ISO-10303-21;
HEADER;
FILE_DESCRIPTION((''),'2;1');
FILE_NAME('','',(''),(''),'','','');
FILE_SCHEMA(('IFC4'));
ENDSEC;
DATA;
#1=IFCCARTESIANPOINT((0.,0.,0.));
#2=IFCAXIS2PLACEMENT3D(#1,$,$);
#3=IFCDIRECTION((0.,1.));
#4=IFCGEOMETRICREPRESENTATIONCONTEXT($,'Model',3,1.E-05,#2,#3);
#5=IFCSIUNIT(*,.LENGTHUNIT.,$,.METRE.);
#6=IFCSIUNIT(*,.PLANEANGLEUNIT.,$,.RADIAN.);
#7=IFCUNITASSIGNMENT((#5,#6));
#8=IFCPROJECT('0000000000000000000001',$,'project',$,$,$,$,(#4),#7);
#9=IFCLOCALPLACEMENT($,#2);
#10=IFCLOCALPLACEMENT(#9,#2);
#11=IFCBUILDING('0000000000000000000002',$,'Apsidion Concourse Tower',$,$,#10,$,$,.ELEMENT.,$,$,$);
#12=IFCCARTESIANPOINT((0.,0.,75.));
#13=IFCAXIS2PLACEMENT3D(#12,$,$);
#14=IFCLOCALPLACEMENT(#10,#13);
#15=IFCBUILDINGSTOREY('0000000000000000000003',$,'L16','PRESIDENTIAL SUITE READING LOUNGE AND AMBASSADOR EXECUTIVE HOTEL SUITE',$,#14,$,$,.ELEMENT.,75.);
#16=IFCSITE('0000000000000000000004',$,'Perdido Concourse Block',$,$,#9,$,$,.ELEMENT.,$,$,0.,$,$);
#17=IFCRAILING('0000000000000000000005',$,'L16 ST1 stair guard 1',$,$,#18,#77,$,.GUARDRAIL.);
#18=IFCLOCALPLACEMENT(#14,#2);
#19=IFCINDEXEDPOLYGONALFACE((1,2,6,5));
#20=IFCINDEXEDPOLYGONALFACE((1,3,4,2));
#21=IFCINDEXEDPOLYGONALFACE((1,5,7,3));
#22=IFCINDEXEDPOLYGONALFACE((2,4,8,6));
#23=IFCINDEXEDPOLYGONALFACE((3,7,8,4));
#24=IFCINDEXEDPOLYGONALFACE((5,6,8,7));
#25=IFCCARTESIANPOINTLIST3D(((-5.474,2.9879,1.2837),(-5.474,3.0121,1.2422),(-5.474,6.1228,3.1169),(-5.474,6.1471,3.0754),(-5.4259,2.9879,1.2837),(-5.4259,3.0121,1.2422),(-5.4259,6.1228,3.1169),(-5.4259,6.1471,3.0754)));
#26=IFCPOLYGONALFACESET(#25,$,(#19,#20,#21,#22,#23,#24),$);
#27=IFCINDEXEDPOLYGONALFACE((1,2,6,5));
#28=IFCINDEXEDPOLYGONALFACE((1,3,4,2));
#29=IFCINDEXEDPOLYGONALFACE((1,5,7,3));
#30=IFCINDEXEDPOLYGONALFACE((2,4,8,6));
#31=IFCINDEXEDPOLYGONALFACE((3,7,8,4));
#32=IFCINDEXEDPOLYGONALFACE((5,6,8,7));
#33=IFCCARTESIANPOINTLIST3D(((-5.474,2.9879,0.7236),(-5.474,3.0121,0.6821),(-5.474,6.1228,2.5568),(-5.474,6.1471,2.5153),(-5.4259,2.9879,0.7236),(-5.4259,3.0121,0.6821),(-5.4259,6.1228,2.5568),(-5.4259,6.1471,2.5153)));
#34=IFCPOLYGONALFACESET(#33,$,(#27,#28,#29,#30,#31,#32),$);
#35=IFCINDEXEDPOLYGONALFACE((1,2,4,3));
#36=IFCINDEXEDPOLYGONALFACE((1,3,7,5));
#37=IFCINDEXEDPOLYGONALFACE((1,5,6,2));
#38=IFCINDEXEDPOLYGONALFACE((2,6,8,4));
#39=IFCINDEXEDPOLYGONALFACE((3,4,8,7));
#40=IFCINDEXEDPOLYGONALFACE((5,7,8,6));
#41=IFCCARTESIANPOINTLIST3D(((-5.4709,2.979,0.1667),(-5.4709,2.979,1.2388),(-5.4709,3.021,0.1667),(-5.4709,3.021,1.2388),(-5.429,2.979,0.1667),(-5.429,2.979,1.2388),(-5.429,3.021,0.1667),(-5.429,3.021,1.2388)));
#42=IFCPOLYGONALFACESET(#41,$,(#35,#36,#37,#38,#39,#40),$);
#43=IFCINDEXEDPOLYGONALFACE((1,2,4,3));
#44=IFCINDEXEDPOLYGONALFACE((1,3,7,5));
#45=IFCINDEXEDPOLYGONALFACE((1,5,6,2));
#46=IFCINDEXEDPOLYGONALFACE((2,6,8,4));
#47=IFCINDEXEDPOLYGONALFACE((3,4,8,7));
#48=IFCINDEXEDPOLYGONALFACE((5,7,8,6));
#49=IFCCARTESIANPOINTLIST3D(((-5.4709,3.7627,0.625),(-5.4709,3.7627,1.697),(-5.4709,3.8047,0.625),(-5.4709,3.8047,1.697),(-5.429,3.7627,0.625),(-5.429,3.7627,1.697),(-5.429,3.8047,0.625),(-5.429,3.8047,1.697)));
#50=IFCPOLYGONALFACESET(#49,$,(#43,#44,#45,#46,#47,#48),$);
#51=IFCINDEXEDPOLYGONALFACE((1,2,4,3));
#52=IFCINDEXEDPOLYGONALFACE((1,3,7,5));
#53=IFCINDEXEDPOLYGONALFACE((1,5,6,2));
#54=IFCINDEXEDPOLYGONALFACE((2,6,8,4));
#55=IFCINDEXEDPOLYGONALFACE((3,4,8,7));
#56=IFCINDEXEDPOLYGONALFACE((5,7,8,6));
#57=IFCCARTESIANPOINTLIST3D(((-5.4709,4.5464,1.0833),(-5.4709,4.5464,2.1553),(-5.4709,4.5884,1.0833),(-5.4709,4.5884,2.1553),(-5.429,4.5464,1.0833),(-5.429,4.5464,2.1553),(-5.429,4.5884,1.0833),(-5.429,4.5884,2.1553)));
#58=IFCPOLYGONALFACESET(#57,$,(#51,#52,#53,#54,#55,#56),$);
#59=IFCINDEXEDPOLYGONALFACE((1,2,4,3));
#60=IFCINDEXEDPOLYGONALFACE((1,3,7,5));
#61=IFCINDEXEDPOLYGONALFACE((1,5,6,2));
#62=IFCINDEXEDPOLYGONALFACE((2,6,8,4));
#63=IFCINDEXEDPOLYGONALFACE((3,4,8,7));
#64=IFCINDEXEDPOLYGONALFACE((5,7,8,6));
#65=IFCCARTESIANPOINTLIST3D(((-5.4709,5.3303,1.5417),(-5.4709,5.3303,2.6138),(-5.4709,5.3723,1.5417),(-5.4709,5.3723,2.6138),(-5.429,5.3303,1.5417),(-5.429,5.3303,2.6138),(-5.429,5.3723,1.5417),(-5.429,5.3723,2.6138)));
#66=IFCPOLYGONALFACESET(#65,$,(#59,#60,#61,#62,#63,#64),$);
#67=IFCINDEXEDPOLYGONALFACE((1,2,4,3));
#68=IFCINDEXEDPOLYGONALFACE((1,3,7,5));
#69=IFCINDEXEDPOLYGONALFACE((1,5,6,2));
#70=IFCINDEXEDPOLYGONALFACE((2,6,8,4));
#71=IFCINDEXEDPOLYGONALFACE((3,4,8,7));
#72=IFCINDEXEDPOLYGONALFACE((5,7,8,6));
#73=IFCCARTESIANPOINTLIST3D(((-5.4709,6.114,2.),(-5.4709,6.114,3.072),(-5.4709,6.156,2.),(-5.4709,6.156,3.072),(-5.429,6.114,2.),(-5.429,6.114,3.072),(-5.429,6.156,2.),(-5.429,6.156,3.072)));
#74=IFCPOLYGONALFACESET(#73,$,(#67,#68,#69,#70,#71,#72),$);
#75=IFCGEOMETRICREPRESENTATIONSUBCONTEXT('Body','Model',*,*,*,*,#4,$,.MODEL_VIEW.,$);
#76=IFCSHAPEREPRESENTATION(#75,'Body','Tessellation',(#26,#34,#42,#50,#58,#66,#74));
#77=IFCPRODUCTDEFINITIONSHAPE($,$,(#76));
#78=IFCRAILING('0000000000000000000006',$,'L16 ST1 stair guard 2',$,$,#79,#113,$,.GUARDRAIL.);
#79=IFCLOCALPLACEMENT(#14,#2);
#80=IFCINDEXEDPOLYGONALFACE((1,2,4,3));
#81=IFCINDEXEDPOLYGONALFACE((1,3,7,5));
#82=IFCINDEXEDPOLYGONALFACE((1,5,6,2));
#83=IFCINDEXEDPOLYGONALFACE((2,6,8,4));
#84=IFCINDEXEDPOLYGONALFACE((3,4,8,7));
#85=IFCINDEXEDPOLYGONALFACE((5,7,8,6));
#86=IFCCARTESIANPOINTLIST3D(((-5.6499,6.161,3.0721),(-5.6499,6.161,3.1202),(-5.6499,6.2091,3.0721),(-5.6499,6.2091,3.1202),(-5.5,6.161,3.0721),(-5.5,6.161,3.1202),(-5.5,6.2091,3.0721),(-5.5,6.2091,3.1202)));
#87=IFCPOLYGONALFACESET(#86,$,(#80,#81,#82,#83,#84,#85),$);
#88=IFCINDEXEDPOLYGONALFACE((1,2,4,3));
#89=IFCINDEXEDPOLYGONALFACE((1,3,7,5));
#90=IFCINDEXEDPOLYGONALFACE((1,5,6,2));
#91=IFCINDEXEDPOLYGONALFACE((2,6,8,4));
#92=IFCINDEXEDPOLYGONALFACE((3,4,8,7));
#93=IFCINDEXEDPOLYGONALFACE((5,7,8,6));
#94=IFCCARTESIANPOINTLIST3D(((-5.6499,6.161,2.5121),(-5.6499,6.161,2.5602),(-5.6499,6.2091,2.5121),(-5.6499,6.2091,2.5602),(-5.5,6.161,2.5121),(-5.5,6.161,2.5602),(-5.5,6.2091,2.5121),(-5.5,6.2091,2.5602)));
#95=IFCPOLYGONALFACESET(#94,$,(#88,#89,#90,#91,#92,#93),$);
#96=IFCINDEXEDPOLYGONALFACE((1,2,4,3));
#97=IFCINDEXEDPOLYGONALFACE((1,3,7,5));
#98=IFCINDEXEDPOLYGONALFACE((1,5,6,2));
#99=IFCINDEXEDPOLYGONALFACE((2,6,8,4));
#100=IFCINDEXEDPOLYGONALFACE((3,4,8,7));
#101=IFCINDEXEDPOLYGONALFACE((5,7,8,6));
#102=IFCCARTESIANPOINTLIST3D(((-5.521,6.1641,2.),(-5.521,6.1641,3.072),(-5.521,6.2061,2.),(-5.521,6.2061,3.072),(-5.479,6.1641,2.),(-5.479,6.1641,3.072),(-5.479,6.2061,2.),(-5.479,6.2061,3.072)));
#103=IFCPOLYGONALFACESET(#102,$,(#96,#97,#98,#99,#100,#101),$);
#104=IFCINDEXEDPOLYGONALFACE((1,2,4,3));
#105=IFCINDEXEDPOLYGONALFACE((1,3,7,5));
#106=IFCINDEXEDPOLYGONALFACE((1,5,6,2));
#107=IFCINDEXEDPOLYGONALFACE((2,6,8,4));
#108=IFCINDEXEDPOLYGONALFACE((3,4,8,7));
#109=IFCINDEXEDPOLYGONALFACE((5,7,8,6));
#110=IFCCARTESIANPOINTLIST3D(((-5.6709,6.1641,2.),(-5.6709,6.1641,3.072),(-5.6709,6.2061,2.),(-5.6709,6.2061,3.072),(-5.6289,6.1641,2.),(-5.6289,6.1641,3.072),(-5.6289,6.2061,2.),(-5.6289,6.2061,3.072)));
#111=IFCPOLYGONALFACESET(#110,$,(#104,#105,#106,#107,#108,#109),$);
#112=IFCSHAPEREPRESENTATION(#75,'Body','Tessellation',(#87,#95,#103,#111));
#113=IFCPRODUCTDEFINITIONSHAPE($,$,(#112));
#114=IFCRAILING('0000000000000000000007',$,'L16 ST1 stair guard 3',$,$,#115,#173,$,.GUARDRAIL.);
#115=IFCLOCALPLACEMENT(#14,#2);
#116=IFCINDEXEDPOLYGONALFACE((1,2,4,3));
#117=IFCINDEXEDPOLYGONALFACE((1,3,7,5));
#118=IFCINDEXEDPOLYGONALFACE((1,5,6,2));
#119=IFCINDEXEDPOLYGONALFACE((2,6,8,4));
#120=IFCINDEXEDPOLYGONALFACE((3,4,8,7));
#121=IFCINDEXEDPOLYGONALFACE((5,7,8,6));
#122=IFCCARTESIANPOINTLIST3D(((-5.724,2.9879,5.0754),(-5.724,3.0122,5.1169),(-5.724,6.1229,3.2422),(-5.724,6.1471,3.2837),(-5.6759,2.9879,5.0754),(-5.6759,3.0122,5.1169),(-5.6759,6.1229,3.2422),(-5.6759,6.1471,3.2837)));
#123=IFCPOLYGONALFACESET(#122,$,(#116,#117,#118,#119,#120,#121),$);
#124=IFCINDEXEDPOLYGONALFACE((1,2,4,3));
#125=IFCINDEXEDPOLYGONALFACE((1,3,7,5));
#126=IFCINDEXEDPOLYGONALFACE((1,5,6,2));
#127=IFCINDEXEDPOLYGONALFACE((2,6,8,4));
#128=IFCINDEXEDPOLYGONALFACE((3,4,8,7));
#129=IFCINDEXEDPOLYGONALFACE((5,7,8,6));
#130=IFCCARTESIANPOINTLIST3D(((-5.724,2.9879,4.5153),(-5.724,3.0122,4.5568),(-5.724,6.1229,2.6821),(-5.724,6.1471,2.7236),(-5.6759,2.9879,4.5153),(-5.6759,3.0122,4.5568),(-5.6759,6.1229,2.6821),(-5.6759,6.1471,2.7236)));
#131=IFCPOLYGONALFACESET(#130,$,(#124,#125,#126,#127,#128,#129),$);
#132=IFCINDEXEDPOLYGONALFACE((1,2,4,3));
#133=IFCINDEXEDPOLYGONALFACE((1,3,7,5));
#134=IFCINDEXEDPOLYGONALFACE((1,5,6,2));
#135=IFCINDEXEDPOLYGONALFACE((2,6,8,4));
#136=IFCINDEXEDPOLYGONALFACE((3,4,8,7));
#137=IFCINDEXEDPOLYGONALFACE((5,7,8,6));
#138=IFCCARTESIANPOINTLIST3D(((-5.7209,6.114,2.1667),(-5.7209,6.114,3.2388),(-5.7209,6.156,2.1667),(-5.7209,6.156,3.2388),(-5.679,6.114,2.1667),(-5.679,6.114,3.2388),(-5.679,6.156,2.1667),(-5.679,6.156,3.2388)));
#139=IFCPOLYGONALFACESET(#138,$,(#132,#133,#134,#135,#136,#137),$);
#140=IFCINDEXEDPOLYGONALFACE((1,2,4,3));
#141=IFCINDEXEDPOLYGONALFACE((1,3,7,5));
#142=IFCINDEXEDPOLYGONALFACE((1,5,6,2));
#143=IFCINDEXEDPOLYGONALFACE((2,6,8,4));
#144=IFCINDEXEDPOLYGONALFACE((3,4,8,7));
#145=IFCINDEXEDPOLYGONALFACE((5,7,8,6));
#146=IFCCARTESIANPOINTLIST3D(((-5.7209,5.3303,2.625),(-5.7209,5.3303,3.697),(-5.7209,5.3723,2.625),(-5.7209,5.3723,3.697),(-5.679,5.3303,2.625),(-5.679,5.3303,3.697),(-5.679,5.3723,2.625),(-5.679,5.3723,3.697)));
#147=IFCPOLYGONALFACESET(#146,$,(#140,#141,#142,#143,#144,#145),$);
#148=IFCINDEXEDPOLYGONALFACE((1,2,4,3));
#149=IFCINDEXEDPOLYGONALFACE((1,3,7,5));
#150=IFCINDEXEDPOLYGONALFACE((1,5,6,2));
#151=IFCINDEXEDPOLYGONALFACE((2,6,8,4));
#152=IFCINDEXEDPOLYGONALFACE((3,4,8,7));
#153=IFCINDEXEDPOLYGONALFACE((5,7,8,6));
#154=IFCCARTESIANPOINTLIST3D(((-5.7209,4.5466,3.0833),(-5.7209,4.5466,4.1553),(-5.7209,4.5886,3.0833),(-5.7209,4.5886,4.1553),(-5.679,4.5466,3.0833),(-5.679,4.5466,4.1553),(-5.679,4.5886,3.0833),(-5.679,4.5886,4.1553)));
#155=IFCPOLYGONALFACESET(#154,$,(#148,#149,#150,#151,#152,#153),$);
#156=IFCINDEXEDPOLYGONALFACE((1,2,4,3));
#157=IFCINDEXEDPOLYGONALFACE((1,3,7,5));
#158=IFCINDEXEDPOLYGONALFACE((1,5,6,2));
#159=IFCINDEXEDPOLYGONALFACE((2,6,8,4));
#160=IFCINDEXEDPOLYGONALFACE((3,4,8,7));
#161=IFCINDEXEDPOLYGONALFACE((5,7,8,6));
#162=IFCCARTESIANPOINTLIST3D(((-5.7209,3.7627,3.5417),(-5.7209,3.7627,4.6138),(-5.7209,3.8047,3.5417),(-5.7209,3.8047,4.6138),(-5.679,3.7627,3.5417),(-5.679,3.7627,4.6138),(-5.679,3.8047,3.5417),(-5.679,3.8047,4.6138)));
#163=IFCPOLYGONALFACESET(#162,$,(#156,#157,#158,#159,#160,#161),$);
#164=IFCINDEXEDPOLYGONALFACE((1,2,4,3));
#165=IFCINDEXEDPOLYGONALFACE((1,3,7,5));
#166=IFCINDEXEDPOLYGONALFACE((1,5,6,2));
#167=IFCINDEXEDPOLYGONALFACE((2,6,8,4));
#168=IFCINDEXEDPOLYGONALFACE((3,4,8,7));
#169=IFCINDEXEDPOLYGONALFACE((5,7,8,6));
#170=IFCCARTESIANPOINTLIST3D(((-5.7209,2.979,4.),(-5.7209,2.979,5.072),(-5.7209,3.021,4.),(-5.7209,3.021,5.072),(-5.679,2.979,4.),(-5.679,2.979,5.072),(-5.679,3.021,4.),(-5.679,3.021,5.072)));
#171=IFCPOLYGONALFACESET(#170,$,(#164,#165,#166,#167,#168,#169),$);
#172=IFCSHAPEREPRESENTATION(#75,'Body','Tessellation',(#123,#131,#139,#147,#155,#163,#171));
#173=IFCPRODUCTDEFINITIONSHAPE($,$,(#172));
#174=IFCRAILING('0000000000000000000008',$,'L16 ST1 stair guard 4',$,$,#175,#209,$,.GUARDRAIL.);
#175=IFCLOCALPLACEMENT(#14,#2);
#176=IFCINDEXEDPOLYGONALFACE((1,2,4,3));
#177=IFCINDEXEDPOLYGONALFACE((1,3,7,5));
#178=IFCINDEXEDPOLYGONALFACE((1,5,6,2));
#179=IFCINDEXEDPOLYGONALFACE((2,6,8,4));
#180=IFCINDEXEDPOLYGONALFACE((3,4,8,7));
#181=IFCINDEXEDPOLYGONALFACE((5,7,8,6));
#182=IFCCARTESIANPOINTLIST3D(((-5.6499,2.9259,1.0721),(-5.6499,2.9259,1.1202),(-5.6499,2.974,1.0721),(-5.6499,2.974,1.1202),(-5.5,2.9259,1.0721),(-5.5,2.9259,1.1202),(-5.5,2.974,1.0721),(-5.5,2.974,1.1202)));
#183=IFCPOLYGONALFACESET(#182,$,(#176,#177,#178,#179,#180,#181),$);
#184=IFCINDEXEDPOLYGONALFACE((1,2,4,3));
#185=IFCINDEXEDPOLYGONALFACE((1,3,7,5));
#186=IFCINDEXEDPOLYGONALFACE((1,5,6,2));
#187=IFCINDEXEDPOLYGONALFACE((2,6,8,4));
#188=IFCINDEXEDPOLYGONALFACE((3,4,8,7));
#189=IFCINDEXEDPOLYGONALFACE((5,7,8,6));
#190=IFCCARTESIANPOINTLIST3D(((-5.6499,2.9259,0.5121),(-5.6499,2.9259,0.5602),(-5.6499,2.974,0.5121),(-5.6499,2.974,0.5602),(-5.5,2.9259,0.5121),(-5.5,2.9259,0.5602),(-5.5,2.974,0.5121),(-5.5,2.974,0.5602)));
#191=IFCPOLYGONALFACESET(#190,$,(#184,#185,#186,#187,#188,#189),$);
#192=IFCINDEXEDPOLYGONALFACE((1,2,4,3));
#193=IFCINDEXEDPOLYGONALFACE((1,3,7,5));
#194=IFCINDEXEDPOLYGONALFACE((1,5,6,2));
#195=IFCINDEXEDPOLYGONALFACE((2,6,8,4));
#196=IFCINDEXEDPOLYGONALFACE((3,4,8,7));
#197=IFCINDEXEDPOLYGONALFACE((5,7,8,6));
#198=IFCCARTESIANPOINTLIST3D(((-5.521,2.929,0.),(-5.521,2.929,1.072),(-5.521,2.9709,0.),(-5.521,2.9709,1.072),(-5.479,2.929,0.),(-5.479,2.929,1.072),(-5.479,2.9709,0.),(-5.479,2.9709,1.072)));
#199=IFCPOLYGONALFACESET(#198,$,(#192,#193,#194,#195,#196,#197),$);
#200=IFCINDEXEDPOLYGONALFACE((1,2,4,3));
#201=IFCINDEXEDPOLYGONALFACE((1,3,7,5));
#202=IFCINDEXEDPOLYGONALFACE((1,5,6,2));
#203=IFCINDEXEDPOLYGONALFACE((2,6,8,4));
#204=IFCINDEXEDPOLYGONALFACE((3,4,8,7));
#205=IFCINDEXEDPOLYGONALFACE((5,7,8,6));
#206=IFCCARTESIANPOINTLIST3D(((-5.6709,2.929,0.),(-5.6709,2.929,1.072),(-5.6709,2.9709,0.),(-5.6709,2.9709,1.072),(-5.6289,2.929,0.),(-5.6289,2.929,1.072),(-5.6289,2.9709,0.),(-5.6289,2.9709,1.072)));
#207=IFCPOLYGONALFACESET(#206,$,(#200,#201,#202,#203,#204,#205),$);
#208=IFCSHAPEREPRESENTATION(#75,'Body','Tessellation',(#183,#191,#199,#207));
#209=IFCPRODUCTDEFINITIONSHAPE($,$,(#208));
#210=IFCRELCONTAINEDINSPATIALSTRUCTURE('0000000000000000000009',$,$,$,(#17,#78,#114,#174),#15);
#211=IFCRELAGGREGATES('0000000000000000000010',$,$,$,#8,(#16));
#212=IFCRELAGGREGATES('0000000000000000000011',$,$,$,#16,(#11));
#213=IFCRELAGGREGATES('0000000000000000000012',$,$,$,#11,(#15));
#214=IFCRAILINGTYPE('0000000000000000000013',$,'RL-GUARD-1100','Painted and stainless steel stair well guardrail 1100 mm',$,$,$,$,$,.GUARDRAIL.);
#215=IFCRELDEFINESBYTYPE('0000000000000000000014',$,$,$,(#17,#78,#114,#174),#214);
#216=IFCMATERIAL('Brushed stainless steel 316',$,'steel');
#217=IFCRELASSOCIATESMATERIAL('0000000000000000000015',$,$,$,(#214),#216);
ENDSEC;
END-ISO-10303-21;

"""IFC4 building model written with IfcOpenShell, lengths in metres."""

from ifc_helpers import new_model, si_unit, direction, frame, origin, origin_2d, place, context, subcontext, project, spatial, rectangle, extrude, material, type_object, element, save


model = new_model("IFC4")

# Units and contexts
model_context = context("Model", 3, precision=1e-05, world=origin(), true_north=direction((0.0, 1.0)))
body_context = subcontext(model_context, "Body", "Model", "MODEL_VIEW")
ifc_project = project(units=[si_unit("LENGTHUNIT", "METRE"), si_unit("PLANEANGLEUNIT", "RADIAN")], contexts=[model_context])

# Site, building, storey
site_placement = place(None, origin())
site = spatial("IfcSite", under=ifc_project, at=site_placement, Name="Perdido Concourse Block", CompositionType="ELEMENT", RefElevation=0.0)
building_placement = place(site_placement, origin())
building = spatial("IfcBuilding", under=site, at=building_placement, Name="Apsidion Concourse Tower", CompositionType="ELEMENT")
storey_placement = place(building_placement, frame((0.0, 0.0, 75.0)))
storey = spatial("IfcBuildingStorey", under=building, at=storey_placement, Name="L16", Description="PRESIDENTIAL SUITE READING LOUNGE AND AMBASSADOR EXECUTIVE HOTEL SUITE", CompositionType="ELEMENT", Elevation=75.0)

# Shared definitions
ifc_material_1 = material(Name="Brushed stainless steel 316", Category="steel")

# Railings
railing_type_1 = type_object("IfcRailingType", Name="RL-GUARD-1100", Description="Painted and stainless steel stair well guardrail 1100 mm", PredefinedType="GUARDRAIL", material=ifc_material_1)
railing_1_placement = place(storey_placement, frame((-5.45, 3.0, 0.1667)))
element("IfcRailing", 1, at=railing_1_placement, inside=storey, type_object=railing_type_1, Name="L16 ST1 stair guard 1", PredefinedType="GUARDRAIL", context=body_context, shape_type="SweptSolid", body=[
    extrude(rectangle(XDim=0.0481, YDim=0.0481, at=origin_2d()), frame((0.0, 0.0, 1.0962), z_axis=(0.0, 0.86324, 0.504794), x_axis=(-1.0, 0.0, 0.0)), (0.0, 0.0, 1.0), 3.6316),
    extrude(rectangle(XDim=0.0481, YDim=0.0481, at=origin_2d()), frame((0.0, 0.0, 0.5361), z_axis=(0.0, 0.86324, 0.504794), x_axis=(-1.0, 0.0, 0.0)), (0.0, 0.0, 1.0), 3.6316),
    extrude(rectangle(XDim=0.042, YDim=0.042, at=origin_2d()), origin(), (0.0, 0.0, 1.0), 1.072),
    extrude(rectangle(XDim=0.042, YDim=0.042, at=origin_2d()), frame((0.0, 0.7837, 0.4583)), (0.0, 0.0, 1.0), 1.072),
    extrude(rectangle(XDim=0.042, YDim=0.042, at=origin_2d()), frame((0.0, 1.5674, 0.9165)), (0.0, 0.0, 1.0), 1.072),
    extrude(rectangle(XDim=0.042, YDim=0.042, at=origin_2d()), frame((0.0, 2.3513, 1.375)), (0.0, 0.0, 1.0), 1.072),
    extrude(rectangle(XDim=0.042, YDim=0.042, at=origin_2d()), frame((0.0, 3.135, 1.8333)), (0.0, 0.0, 1.0), 1.072),
])
railing_2_placement = place(storey_placement, frame((-5.5, 6.1851, 2.0)))
element("IfcRailing", 2, at=railing_2_placement, inside=storey, type_object=railing_type_1, Name="L16 ST1 stair guard 2", PredefinedType="GUARDRAIL", context=body_context, shape_type="SweptSolid", body=[
    extrude(rectangle(XDim=0.0481, YDim=0.0481, at=origin_2d()), frame((0.0, 0.0, 1.0962), z_axis=(-1.0, 0.0, 0.0), x_axis=(0.0, -1.0, 0.0)), (0.0, 0.0, 1.0), 0.1499),
    extrude(rectangle(XDim=0.0481, YDim=0.0481, at=origin_2d()), frame((0.0, 0.0, 0.5361), z_axis=(-1.0, 0.0, 0.0), x_axis=(0.0, -1.0, 0.0)), (0.0, 0.0, 1.0), 0.1499),
    extrude(rectangle(XDim=0.042, YDim=0.042, at=origin_2d()), origin(), (0.0, 0.0, 1.0), 1.072),
    extrude(rectangle(XDim=0.042, YDim=0.042, at=origin_2d()), frame((-0.1499, 0.0, 0.0)), (0.0, 0.0, 1.0), 1.072),
])
railing_3_placement = place(storey_placement, frame((-5.7, 6.135, 2.1667)))
element("IfcRailing", 3, at=railing_3_placement, inside=storey, type_object=railing_type_1, Name="L16 ST1 stair guard 3", PredefinedType="GUARDRAIL", context=body_context, shape_type="SweptSolid", body=[
    extrude(rectangle(XDim=0.0481, YDim=0.0481, at=origin_2d()), frame((0.0, 0.0, 1.0962), z_axis=(0.0, -0.86324, 0.504794), x_axis=(1.0, 0.0, 0.0)), (0.0, 0.0, 1.0), 3.6316),
    extrude(rectangle(XDim=0.0481, YDim=0.0481, at=origin_2d()), frame((0.0, 0.0, 0.5361), z_axis=(0.0, -0.86324, 0.504794), x_axis=(1.0, 0.0, 0.0)), (0.0, 0.0, 1.0), 3.6316),
    extrude(rectangle(XDim=0.042, YDim=0.042, at=origin_2d()), origin(), (0.0, 0.0, 1.0), 1.072),
    extrude(rectangle(XDim=0.042, YDim=0.042, at=origin_2d()), frame((0.0, -0.7837, 0.4583)), (0.0, 0.0, 1.0), 1.072),
    extrude(rectangle(XDim=0.042, YDim=0.042, at=origin_2d()), frame((0.0, -1.5674, 0.9165)), (0.0, 0.0, 1.0), 1.072),
    extrude(rectangle(XDim=0.042, YDim=0.042, at=origin_2d()), frame((0.0, -2.3513, 1.375)), (0.0, 0.0, 1.0), 1.072),
    extrude(rectangle(XDim=0.042, YDim=0.042, at=origin_2d()), frame((0.0, -3.135, 1.8333)), (0.0, 0.0, 1.0), 1.072),
])
railing_4_placement = place(storey_placement, frame((-5.5, 2.95, 0.0)))
element("IfcRailing", 4, at=railing_4_placement, inside=storey, type_object=railing_type_1, Name="L16 ST1 stair guard 4", PredefinedType="GUARDRAIL", context=body_context, shape_type="SweptSolid", body=[
    extrude(rectangle(XDim=0.0481, YDim=0.0481, at=origin_2d()), frame((0.0, 0.0, 1.0962), z_axis=(-1.0, 0.0, 0.0), x_axis=(0.0, -1.0, 0.0)), (0.0, 0.0, 1.0), 0.1499),
    extrude(rectangle(XDim=0.0481, YDim=0.0481, at=origin_2d()), frame((0.0, 0.0, 0.5361), z_axis=(-1.0, 0.0, 0.0), x_axis=(0.0, -1.0, 0.0)), (0.0, 0.0, 1.0), 0.1499),
    extrude(rectangle(XDim=0.042, YDim=0.042, at=origin_2d()), origin(), (0.0, 0.0, 1.0), 1.072),
    extrude(rectangle(XDim=0.042, YDim=0.042, at=origin_2d()), frame((-0.1499, 0.0, 0.0)), (0.0, 0.0, 1.0), 1.072),
])

save(model, "model.ifc")
